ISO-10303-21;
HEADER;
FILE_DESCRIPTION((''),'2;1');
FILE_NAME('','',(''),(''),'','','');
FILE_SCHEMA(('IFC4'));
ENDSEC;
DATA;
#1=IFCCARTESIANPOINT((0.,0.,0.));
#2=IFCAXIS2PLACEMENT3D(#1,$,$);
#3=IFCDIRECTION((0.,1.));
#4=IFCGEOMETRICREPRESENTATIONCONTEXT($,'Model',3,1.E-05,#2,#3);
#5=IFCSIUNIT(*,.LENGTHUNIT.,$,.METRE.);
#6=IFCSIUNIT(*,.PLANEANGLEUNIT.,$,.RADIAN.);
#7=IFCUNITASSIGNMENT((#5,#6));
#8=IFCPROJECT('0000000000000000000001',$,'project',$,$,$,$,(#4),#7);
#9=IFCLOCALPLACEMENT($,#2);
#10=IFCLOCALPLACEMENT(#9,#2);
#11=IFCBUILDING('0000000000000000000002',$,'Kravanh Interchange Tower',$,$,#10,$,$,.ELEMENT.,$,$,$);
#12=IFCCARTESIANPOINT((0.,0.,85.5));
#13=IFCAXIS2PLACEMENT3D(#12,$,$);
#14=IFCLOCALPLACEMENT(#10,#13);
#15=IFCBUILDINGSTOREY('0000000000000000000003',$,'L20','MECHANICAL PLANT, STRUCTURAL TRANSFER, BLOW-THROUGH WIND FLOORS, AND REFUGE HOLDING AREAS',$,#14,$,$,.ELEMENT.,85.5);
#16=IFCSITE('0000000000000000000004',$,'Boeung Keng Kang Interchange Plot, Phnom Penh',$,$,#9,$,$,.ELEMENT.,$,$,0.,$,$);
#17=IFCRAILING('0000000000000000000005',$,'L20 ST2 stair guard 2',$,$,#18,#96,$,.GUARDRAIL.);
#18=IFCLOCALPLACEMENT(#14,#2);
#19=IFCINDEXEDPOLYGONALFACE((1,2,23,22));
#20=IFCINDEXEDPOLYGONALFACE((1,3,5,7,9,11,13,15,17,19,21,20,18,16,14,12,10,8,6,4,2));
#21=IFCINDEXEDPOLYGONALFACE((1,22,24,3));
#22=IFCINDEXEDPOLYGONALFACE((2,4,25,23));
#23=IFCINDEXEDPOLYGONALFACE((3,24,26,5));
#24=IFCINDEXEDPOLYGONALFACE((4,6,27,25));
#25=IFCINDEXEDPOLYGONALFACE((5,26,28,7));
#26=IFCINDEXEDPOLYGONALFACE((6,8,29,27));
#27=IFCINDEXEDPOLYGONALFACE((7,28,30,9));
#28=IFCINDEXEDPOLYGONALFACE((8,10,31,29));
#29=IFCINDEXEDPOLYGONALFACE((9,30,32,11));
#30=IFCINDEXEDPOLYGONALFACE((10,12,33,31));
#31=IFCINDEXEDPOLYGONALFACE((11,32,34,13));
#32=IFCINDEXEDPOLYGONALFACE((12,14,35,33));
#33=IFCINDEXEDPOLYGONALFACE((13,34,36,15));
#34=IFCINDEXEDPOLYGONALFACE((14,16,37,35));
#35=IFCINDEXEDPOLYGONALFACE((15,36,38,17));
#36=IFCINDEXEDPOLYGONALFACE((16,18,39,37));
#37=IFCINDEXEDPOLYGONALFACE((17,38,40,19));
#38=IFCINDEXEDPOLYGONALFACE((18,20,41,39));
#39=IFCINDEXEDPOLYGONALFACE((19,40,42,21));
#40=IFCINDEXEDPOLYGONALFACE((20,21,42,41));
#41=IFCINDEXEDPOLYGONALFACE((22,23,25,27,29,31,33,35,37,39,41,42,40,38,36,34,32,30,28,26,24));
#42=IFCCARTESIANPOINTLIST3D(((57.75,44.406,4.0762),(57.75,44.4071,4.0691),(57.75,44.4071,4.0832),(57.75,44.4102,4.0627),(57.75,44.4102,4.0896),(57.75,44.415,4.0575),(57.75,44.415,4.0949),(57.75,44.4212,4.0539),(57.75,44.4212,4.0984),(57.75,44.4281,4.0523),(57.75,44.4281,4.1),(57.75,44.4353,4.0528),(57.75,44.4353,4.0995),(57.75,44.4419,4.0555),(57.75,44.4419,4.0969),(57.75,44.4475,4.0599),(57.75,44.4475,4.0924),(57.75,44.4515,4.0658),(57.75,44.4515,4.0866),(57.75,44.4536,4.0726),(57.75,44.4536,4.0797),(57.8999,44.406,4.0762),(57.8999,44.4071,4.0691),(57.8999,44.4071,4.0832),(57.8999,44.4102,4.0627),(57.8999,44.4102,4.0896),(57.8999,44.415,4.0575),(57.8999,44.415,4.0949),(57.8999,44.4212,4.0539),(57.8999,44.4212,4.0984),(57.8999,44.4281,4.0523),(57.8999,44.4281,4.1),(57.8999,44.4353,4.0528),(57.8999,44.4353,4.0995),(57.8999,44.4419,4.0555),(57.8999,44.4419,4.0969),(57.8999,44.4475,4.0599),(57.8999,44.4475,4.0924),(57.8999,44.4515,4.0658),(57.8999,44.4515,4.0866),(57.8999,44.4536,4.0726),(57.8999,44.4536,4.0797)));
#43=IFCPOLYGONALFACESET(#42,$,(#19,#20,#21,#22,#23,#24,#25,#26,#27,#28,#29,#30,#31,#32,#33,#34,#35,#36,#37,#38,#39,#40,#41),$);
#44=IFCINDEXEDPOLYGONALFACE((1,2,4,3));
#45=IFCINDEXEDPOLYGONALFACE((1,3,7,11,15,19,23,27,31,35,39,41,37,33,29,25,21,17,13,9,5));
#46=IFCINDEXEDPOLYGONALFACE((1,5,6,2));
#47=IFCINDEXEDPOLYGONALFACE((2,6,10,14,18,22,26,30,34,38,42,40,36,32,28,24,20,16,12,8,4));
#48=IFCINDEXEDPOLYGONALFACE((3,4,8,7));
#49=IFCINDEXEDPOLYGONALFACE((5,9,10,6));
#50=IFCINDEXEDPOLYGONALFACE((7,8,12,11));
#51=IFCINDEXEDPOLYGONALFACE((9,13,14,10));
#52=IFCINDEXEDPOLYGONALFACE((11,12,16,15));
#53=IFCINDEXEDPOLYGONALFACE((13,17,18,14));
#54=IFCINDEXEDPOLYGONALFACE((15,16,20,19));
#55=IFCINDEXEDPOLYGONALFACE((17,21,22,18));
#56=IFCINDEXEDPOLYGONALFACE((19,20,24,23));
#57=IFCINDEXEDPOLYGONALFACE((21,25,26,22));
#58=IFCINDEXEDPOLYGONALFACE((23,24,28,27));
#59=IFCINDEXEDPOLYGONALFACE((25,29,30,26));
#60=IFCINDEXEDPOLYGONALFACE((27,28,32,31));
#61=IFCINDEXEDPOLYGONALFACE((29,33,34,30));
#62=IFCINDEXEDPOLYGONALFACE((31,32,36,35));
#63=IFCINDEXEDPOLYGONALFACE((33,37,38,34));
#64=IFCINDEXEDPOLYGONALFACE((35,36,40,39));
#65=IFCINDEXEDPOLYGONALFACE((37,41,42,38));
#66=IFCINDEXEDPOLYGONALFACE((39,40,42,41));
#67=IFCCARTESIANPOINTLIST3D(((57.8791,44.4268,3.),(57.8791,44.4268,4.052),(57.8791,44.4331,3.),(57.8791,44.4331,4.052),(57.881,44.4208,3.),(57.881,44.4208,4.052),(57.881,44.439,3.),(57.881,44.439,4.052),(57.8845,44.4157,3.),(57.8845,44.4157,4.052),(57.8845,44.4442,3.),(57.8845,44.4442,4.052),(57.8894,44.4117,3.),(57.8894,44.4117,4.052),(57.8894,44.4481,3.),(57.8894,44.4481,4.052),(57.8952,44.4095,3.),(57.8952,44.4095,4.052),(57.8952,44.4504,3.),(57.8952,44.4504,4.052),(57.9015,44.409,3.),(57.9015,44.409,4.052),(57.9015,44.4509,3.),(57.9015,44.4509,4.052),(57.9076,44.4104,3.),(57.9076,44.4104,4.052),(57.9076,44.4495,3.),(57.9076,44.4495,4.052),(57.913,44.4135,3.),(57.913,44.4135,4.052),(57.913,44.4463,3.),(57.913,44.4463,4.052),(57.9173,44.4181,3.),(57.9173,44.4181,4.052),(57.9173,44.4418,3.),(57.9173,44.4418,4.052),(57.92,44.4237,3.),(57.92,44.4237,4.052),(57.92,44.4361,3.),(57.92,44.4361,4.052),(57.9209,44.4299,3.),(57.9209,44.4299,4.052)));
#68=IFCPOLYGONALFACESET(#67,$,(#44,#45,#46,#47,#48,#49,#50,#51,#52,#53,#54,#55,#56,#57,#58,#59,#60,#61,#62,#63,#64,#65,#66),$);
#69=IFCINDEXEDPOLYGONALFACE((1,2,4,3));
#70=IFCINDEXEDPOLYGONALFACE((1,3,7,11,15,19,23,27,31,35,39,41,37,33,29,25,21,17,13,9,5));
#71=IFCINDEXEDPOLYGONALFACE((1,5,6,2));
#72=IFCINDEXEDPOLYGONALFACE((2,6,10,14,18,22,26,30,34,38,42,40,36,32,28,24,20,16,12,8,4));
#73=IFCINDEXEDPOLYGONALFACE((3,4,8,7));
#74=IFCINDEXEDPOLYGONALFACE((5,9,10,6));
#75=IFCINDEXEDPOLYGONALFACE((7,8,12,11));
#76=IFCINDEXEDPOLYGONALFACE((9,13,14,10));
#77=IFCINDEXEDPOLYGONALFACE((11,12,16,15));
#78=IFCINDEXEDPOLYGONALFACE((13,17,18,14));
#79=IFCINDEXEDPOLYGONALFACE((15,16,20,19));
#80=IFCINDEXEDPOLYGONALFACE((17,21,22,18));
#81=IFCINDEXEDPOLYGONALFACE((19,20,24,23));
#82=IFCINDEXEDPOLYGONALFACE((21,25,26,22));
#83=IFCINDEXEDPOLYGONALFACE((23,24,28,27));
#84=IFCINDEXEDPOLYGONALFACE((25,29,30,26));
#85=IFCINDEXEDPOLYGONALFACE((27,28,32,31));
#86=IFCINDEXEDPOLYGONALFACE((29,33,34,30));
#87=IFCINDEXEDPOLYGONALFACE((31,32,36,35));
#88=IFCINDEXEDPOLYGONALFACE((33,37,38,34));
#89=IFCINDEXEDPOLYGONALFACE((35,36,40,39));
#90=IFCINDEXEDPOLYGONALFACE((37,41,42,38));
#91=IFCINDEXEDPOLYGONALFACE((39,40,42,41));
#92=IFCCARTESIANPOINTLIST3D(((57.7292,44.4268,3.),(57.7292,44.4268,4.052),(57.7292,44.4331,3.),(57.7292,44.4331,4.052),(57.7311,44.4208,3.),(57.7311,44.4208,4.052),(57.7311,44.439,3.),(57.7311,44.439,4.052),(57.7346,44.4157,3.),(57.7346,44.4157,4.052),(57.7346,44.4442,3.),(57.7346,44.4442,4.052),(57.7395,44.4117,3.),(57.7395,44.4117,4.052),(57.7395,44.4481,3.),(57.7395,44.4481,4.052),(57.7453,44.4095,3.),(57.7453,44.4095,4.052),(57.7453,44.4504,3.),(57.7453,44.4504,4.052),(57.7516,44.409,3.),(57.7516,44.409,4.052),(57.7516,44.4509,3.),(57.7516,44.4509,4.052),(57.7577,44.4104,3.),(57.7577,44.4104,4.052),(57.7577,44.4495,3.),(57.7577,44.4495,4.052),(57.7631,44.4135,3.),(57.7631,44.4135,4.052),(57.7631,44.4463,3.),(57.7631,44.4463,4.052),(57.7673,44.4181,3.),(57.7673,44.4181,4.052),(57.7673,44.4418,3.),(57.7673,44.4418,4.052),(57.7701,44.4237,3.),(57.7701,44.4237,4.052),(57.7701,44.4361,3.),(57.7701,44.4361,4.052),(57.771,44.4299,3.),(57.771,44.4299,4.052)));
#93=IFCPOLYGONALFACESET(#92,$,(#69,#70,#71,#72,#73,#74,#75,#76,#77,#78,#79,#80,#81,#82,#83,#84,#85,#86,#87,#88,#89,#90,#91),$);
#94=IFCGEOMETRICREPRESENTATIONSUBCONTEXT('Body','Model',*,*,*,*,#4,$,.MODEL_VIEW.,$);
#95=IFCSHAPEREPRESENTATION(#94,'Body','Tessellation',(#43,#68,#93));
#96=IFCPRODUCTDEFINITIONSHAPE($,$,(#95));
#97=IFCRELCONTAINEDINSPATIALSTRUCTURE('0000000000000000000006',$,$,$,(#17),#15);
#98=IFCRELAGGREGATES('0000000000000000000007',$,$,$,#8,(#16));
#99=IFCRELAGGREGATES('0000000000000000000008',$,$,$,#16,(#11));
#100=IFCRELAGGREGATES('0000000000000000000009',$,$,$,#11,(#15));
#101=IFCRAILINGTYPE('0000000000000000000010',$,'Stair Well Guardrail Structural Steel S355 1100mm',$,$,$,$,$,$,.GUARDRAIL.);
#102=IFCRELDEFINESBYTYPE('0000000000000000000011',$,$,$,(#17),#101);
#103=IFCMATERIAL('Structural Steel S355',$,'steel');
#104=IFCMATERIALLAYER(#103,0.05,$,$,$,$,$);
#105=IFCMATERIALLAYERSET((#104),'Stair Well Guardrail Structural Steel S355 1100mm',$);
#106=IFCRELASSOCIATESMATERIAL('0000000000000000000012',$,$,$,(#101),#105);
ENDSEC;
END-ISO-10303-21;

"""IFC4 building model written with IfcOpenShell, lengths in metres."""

from ifc_helpers import new_model, si_unit, direction, frame, origin, origin_2d, place, context, subcontext, project, spatial, circle, extrude, material, layer, layer_set, type_object, element, save


model = new_model("IFC4")

# Units and contexts
model_context = context("Model", 3, precision=1e-05, world=origin(), true_north=direction((0.0, 1.0)))
body_context = subcontext(model_context, "Body", "Model", "MODEL_VIEW")
ifc_project = project(units=[si_unit("LENGTHUNIT", "METRE"), si_unit("PLANEANGLEUNIT", "RADIAN")], contexts=[model_context])

# Site, building, storey
site_placement = place(None, origin())
site = spatial("IfcSite", under=ifc_project, at=site_placement, Name="Boeung Keng Kang Interchange Plot, Phnom Penh", CompositionType="ELEMENT", RefElevation=0.0)
building_placement = place(site_placement, origin())
building = spatial("IfcBuilding", under=site, at=building_placement, Name="Kravanh Interchange Tower", CompositionType="ELEMENT")
storey_placement = place(building_placement, frame((0.0, 0.0, 85.5)))
storey = spatial("IfcBuildingStorey", under=building, at=storey_placement, Name="L20", Description="MECHANICAL PLANT, STRUCTURAL TRANSFER, BLOW-THROUGH WIND FLOORS, AND REFUGE HOLDING AREAS", CompositionType="ELEMENT", Elevation=85.5)

# Railing
ifc_material_1 = material(Name="Structural Steel S355", Category="steel")
ifc_layer_1 = layer(ifc_material_1, 0.05)
ifc_layer_set_1 = layer_set([ifc_layer_1], Name="Stair Well Guardrail Structural Steel S355 1100mm")
railing_type_1 = type_object("IfcRailingType", Name="Stair Well Guardrail Structural Steel S355 1100mm", PredefinedType="GUARDRAIL", material=ifc_layer_set_1)
railing_1_placement = place(storey_placement, frame((57.8999, 44.4299, 3.0)))
element("IfcRailing", 1, at=railing_1_placement, inside=storey, type_object=railing_type_1, Name="L20 ST2 stair guard 2", PredefinedType="GUARDRAIL", context=body_context, shape_type="SweptSolid", body=[
    extrude(circle(Radius=0.0239, at=origin_2d()), frame((0.0, 0.0, 1.0762), z_axis=(-1.0, 0.0, 0.0), x_axis=(0.0, -1.0, 0.0)), (0.0, 0.0, 1.0), 0.1499),
    extrude(circle(Radius=0.021, at=origin_2d()), origin(), (0.0, 0.0, 1.0), 1.052),
    extrude(circle(Radius=0.021, at=origin_2d()), frame((-0.1499, 0.0, 0.0)), (0.0, 0.0, 1.0), 1.052),
])

save(model, "model.ifc")
